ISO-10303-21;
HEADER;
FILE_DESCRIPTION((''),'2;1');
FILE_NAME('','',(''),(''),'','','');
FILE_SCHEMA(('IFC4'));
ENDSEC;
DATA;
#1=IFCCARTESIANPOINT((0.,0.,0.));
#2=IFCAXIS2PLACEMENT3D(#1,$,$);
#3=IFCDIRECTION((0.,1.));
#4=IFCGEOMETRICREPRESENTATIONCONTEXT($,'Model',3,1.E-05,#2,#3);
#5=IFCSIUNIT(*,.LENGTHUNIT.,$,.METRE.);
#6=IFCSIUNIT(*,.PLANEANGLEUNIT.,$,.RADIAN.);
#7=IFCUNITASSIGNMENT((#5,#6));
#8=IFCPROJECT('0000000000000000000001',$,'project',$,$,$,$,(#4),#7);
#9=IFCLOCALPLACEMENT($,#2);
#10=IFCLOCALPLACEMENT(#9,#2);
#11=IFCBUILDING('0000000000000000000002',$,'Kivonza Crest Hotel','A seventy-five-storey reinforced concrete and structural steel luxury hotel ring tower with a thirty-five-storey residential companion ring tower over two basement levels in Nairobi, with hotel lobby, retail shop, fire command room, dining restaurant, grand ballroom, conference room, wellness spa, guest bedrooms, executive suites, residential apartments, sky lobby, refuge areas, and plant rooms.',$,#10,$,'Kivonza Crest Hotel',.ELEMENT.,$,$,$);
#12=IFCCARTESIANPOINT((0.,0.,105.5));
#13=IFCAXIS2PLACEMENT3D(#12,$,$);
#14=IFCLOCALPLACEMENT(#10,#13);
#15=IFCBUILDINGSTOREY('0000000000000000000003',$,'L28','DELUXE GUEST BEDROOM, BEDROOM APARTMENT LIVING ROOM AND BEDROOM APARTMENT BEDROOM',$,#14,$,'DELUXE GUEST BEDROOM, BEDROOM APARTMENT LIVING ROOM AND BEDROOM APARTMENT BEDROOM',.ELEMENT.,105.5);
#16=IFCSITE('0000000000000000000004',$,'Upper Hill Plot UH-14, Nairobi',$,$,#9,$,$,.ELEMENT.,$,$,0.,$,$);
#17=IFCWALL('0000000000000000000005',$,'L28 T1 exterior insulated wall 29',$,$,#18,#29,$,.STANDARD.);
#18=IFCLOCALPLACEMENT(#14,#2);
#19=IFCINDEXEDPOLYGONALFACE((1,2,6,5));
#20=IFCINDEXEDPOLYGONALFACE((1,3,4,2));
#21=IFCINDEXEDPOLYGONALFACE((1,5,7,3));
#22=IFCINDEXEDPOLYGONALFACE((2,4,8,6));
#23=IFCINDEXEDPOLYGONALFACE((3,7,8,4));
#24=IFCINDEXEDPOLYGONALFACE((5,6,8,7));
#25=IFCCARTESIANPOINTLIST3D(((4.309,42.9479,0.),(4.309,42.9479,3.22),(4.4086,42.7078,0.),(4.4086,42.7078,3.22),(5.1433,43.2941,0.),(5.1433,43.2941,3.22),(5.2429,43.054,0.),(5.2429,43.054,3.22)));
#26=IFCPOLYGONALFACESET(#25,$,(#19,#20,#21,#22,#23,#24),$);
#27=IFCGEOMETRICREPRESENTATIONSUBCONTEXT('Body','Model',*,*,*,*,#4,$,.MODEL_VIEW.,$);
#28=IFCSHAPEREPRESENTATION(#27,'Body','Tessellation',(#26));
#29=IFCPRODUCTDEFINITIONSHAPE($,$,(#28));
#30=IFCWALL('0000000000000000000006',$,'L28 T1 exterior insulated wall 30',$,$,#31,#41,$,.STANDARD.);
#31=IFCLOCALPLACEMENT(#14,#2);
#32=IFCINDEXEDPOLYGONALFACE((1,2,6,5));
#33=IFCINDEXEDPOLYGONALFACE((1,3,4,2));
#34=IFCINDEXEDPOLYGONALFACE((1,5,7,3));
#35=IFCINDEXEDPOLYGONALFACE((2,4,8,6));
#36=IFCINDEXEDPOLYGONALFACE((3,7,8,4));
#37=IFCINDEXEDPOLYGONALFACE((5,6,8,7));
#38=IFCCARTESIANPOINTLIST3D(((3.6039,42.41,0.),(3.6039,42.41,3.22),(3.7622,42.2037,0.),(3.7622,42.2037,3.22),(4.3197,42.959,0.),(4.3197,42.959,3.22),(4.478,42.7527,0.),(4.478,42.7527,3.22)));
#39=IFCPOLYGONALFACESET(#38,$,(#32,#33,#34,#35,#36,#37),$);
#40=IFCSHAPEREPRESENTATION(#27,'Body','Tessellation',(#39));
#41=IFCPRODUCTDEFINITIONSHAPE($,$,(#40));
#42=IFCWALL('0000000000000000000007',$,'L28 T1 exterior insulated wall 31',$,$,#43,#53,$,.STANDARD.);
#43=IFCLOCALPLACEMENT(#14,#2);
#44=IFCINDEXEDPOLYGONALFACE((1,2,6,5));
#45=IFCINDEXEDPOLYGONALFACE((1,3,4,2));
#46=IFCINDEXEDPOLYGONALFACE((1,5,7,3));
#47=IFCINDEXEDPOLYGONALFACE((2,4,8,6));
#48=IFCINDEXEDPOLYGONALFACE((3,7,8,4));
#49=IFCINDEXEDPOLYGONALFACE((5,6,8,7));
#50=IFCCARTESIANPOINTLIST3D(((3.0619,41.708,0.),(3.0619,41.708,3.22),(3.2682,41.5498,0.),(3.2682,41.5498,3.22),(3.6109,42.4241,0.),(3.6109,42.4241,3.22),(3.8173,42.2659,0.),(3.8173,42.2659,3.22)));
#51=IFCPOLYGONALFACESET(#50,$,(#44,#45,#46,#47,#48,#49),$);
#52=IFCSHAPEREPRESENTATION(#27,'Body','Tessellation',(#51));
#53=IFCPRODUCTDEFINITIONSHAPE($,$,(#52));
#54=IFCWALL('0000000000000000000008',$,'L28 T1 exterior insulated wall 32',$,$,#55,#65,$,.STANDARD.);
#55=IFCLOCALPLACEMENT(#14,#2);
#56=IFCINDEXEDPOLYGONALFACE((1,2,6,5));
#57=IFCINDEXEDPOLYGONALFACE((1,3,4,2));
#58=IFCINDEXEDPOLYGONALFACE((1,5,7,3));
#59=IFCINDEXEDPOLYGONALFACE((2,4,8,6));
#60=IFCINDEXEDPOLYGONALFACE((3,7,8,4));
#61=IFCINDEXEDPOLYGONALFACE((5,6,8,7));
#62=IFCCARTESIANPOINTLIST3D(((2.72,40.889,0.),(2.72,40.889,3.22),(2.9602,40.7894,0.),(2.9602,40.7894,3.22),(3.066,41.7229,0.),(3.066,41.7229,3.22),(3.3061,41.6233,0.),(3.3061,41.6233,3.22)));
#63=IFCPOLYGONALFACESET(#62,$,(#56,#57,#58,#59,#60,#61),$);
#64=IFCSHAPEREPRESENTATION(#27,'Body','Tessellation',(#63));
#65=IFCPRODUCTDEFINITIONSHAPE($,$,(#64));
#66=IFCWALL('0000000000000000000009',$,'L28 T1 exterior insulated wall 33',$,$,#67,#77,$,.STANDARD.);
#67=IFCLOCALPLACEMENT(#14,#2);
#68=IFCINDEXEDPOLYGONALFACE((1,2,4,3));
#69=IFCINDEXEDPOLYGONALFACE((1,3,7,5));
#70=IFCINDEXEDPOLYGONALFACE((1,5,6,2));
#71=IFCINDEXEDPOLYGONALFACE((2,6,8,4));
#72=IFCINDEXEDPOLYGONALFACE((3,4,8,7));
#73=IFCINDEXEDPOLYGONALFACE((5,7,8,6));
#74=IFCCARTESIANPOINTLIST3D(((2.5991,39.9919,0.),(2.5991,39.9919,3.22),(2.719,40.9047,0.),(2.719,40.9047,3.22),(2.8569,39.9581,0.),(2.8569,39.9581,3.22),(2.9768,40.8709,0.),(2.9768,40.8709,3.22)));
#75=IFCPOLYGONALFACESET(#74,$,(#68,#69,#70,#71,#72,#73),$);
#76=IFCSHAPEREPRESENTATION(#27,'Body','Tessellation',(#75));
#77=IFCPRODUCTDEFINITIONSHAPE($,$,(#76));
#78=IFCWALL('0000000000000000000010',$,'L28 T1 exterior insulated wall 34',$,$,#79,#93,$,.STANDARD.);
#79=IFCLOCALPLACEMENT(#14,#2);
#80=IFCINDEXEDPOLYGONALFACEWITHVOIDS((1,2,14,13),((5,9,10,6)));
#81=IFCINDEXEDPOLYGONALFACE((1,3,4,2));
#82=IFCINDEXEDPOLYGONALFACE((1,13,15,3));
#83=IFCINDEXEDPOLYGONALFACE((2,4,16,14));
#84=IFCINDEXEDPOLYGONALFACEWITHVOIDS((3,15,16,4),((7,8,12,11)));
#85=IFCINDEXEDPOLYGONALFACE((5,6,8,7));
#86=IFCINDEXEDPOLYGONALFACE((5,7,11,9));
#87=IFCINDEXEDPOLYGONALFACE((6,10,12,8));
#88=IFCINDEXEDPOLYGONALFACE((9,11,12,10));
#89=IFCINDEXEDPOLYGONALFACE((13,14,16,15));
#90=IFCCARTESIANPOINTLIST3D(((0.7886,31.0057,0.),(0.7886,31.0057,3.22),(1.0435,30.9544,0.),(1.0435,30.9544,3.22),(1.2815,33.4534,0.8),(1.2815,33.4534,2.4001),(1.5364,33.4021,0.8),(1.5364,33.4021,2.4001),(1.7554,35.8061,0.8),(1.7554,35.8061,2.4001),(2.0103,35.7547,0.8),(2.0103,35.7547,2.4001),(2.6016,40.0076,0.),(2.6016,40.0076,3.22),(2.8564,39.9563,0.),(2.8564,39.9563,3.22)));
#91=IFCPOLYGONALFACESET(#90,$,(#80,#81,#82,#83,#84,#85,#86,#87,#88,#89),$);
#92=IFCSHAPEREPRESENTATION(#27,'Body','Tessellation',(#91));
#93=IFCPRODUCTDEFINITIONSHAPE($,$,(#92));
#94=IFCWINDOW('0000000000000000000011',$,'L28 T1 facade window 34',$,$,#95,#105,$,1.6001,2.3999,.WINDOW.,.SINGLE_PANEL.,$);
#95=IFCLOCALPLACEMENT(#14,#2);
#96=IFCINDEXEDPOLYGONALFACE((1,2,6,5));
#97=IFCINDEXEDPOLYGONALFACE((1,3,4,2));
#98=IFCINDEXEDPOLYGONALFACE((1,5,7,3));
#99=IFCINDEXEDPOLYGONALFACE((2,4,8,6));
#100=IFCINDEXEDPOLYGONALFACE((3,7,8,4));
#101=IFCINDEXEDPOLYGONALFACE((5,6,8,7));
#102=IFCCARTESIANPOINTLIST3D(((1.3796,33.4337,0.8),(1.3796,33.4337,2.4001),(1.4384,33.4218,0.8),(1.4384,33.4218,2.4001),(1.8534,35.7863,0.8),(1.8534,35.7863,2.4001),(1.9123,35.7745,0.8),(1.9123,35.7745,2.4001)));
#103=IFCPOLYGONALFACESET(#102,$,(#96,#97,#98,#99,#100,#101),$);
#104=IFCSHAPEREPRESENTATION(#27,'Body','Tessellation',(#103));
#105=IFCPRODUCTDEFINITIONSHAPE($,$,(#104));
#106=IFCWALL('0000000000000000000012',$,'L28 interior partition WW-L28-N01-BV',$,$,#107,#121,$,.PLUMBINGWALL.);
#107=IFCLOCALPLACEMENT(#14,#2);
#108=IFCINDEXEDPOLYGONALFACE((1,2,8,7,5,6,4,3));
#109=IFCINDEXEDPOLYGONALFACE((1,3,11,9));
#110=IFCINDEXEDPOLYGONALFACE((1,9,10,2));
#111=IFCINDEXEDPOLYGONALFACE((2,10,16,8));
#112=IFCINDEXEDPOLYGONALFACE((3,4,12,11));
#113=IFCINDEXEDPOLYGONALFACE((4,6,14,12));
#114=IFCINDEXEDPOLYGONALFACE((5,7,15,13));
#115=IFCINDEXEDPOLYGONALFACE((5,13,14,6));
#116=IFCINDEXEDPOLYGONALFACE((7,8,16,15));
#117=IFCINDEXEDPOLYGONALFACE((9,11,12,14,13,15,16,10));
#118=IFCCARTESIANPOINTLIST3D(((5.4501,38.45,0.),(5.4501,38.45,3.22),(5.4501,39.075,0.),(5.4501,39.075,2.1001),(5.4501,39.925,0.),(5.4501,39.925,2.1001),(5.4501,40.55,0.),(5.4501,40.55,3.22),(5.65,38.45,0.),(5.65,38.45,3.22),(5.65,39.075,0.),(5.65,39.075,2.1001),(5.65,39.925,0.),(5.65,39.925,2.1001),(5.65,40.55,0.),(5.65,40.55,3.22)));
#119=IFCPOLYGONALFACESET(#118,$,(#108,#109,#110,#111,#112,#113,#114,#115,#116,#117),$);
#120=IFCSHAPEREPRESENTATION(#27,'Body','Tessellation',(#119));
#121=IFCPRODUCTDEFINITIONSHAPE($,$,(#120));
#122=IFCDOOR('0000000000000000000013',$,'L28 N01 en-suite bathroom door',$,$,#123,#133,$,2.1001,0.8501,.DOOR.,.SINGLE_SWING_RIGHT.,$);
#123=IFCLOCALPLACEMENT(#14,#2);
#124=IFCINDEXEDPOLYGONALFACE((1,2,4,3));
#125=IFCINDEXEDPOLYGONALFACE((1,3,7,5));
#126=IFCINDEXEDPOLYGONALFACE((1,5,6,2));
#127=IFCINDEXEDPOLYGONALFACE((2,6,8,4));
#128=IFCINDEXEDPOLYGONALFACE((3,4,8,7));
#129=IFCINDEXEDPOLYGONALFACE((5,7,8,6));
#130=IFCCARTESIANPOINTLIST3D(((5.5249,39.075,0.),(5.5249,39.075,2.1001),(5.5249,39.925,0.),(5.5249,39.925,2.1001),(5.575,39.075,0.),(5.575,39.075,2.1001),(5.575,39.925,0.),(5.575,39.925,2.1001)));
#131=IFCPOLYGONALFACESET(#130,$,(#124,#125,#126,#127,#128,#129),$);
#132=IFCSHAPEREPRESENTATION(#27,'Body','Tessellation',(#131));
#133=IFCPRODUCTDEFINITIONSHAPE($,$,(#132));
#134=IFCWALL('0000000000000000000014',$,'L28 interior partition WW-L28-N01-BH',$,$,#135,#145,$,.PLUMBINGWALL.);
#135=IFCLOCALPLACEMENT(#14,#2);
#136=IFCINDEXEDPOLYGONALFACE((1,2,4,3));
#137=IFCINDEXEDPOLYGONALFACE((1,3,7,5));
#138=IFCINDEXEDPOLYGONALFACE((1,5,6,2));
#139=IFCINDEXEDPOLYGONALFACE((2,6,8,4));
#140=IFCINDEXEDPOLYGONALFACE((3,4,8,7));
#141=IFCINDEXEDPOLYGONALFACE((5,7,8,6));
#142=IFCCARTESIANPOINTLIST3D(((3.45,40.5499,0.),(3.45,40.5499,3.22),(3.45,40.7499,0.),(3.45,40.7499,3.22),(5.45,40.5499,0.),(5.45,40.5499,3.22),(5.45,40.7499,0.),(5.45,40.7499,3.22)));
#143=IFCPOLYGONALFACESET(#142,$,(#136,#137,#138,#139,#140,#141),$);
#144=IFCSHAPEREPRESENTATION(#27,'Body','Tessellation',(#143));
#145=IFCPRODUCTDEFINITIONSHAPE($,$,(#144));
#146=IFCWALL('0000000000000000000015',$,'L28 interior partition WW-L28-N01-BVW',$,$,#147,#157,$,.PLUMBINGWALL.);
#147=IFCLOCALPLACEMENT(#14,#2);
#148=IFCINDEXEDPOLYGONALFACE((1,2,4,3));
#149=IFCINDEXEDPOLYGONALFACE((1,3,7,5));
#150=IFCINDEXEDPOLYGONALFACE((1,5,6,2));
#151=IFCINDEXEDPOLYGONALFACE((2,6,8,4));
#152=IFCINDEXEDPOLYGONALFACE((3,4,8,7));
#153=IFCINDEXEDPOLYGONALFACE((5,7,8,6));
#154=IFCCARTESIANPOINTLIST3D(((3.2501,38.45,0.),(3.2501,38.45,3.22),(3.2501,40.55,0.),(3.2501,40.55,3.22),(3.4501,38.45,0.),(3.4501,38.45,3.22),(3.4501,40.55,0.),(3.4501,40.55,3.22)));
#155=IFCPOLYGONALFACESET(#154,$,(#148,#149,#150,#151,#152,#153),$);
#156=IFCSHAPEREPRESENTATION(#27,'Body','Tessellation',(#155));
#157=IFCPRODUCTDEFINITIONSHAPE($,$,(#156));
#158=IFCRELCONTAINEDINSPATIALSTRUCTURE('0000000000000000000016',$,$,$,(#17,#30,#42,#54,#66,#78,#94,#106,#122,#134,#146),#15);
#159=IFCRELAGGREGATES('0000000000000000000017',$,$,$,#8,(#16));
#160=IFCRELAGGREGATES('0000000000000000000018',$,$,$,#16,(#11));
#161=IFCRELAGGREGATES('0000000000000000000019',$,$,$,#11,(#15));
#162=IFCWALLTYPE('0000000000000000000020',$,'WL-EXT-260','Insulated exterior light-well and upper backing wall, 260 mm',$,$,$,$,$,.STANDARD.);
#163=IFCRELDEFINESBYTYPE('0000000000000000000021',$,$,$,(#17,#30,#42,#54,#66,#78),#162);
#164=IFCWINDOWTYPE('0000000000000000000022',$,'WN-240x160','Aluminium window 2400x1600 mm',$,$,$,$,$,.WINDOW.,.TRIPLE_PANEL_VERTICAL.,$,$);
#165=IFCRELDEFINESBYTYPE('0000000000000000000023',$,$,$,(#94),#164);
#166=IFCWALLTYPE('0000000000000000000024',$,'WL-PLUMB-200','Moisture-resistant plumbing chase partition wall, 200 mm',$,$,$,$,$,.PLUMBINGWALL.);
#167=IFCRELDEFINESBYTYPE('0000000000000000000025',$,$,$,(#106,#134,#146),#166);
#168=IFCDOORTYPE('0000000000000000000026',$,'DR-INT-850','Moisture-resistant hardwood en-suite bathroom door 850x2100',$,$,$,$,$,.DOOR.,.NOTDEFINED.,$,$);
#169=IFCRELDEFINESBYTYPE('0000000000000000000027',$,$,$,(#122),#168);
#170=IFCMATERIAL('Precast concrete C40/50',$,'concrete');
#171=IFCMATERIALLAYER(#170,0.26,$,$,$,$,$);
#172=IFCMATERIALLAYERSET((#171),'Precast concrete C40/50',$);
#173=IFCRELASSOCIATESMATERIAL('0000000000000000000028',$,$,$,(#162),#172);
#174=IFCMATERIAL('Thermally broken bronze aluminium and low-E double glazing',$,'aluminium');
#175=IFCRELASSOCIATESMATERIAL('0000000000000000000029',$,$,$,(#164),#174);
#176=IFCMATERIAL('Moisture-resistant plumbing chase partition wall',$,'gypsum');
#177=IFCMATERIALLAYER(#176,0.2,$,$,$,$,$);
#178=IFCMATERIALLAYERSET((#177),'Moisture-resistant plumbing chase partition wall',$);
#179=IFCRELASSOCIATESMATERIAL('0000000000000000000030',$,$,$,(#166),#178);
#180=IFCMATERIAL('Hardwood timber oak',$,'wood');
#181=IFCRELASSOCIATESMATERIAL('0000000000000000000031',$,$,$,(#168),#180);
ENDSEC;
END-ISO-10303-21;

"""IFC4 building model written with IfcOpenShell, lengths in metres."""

from ifc_helpers import new_model, si_unit, direction, frame, frame_2d, origin, place, context, subcontext, project, spatial, rectangle, extrude, material, layer, layer_set, type_object, element, fill, save


model = new_model("IFC4")

# Units and contexts
model_context = context("Model", 3, precision=1e-05, world=origin(), true_north=direction((0.0, 1.0)))
body_context = subcontext(model_context, "Body", "Model", "MODEL_VIEW")
ifc_project = project(units=[si_unit("LENGTHUNIT", "METRE"), si_unit("PLANEANGLEUNIT", "RADIAN")], contexts=[model_context])

# Site, building, storey
site_placement = place(None, origin())
site = spatial("IfcSite", under=ifc_project, at=site_placement, Name="Upper Hill Plot UH-14, Nairobi", CompositionType="ELEMENT", RefElevation=0.0)
building_placement = place(site_placement, origin())
building = spatial("IfcBuilding", under=site, at=building_placement, Name="Kivonza Crest Hotel", Description="A seventy-five-storey reinforced concrete and structural steel luxury hotel ring tower with a thirty-five-storey residential companion ring tower over two basement levels in Nairobi, with hotel lobby, retail shop, fire command room, dining restaurant, grand ballroom, conference room, wellness spa, guest bedrooms, executive suites, residential apartments, sky lobby, refuge areas, and plant rooms.", LongName="Kivonza Crest Hotel", CompositionType="ELEMENT")
storey_placement = place(building_placement, frame((0.0, 0.0, 105.5)))
storey = spatial("IfcBuildingStorey", under=building, at=storey_placement, Name="L28", Description="DELUXE GUEST BEDROOM, BEDROOM APARTMENT LIVING ROOM AND BEDROOM APARTMENT BEDROOM", LongName="DELUXE GUEST BEDROOM, BEDROOM APARTMENT LIVING ROOM AND BEDROOM APARTMENT BEDROOM", CompositionType="ELEMENT", Elevation=105.5)

# Shared definitions
ifc_material_1 = material(Name="Hardwood timber oak", Category="wood")

# Walls
ifc_material_2 = material(Name="Precast concrete C40/50", Category="concrete")
ifc_layer_1 = layer(ifc_material_2, 0.26)
ifc_layer_set_1 = layer_set([ifc_layer_1], Name="Precast concrete C40/50")
wall_type_1 = type_object("IfcWallType", Name="WL-EXT-260", Description="Insulated exterior light-well and upper backing wall, 260 mm", PredefinedType="STANDARD", material=ifc_layer_set_1)
wall_1_placement = place(storey_placement, frame((5.1931, 43.1741, 0.0), z_axis=(0.0, 0.0, 1.0), x_axis=(-0.923628, -0.383291, 0.0)))
element("IfcWall", 1, at=wall_1_placement, inside=storey, type_object=wall_type_1, Name="L28 T1 exterior insulated wall 29", PredefinedType="STANDARD", context=body_context, shape_type="SweptSolid", body=[
    extrude(rectangle(XDim=0.9033, YDim=0.26, at=frame_2d((0.4517, 0.0))), origin(), (0.0, 0.0, 1.0), 3.22),
])
wall_2_placement = place(storey_placement, frame((4.3989, 42.856, 0.0), z_axis=(0.0, 0.0, 1.0), x_axis=(-0.793458, -0.608625, 0.0)))
element("IfcWall", 2, at=wall_2_placement, inside=storey, type_object=wall_type_1, Name="L28 T1 exterior insulated wall 30", PredefinedType="STANDARD", context=body_context, shape_type="SweptSolid", body=[
    extrude(rectangle(XDim=0.9021, YDim=0.26, at=frame_2d((0.4512, 0.0))), origin(), (0.0, 0.0, 1.0), 3.22),
])
wall_3_placement = place(storey_placement, frame((3.7141, 42.345, 0.0), z_axis=(0.0, 0.0, 1.0), x_axis=(-0.608494, -0.793558, 0.0)))
element("IfcWall", 3, at=wall_3_placement, inside=storey, type_object=wall_type_1, Name="L28 T1 exterior insulated wall 31", PredefinedType="STANDARD", context=body_context, shape_type="SweptSolid", body=[
    extrude(rectangle(XDim=0.9023, YDim=0.26, at=frame_2d((0.4512, 0.0))), origin(), (0.0, 0.0, 1.0), 3.22),
])
wall_4_placement = place(storey_placement, frame((3.186, 41.6731, 0.0), z_axis=(0.0, 0.0, 1.0), x_axis=(-0.383156, -0.923684, 0.0)))
element("IfcWall", 4, at=wall_4_placement, inside=storey, type_object=wall_type_1, Name="L28 T1 exterior insulated wall 32", PredefinedType="STANDARD", context=body_context, shape_type="SweptSolid", body=[
    extrude(rectangle(XDim=0.9028, YDim=0.26, at=frame_2d((0.4514, 0.0))), origin(), (0.0, 0.0, 1.0), 3.22),
])
wall_5_placement = place(storey_placement, frame((2.8479, 40.8879, 0.0), z_axis=(0.0, 0.0, 1.0), x_axis=(-0.130201, -0.991488, 0.0)))
element("IfcWall", 5, at=wall_5_placement, inside=storey, type_object=wall_type_1, Name="L28 T1 exterior insulated wall 33", PredefinedType="STANDARD", context=body_context, shape_type="SweptSolid", body=[
    extrude(rectangle(XDim=0.9207, YDim=0.26, at=frame_2d((0.4604, 0.0))), origin(), (0.0, 0.0, 1.0), 3.22),
])

# Wall, opening, window
wall_6_placement = place(storey_placement, frame((2.729, 39.9819, 0.0), z_axis=(0.0, 0.0, 1.0), x_axis=(-0.197435, -0.980316, 0.0)))
wall_6 = element("IfcWall", 6, at=wall_6_placement, inside=storey, type_object=wall_type_1, Name="L28 T1 exterior insulated wall 34", PredefinedType="STANDARD", context=body_context, shape_type="SweptSolid", body=[
    extrude(rectangle(XDim=9.1826, YDim=0.26, at=frame_2d((4.5913, 0.0))), origin(), (0.0, 0.0, 1.0), 3.22),
])
opening_1_placement = place(wall_6_placement, frame((4.2859, 0.0, 0.8)))
opening_1 = element("IfcOpeningElement", 7, at=opening_1_placement, cuts=wall_6, PredefinedType="OPENING", context=body_context, shape_type="SweptSolid", body=[
    extrude(rectangle(XDim=2.3999, YDim=1.6001, at=frame_2d((1.2, 0.8))), frame((0.0, 0.1401, 0.0), z_axis=(0.0, -1.0, 0.0), x_axis=(1.0, 0.0, 0.0)), (0.0, 0.0, 1.0), 0.28),
])
ifc_material_3 = material(Name="Thermally broken bronze aluminium and low-E double glazing", Category="aluminium")
window_type = type_object("IfcWindowType", Name="WN-240x160", Description="Aluminium window 2400x1600 mm", PartitioningType="TRIPLE_PANEL_VERTICAL", PredefinedType="WINDOW", material=ifc_material_3)
window_placement = place(opening_1_placement, origin())
window = element("IfcWindow", 8, at=window_placement, inside=storey, type_object=window_type, Name="L28 T1 facade window 34", OverallHeight=1.6001, OverallWidth=2.3999, PartitioningType="SINGLE_PANEL", PredefinedType="WINDOW", context=body_context, shape_type="SweptSolid", body=[
    extrude(rectangle(XDim=2.3999, YDim=1.6001, at=frame_2d((1.2, 0.8))), frame((0.0, 0.03, 0.0), z_axis=(0.0, -1.0, 0.0), x_axis=(1.0, 0.0, 0.0)), (0.0, 0.0, 1.0), 0.0601),
])
fill(opening_1, window)

# Wall, opening, door
ifc_material_4 = material(Name="Moisture-resistant plumbing chase partition wall", Category="gypsum")
ifc_layer_2 = layer(ifc_material_4, 0.2)
ifc_layer_set_2 = layer_set([ifc_layer_2], Name="Moisture-resistant plumbing chase partition wall")
wall_type_2 = type_object("IfcWallType", Name="WL-PLUMB-200", Description="Moisture-resistant plumbing chase partition wall, 200 mm", PredefinedType="PLUMBINGWALL", material=ifc_layer_set_2)
wall_7_placement = place(storey_placement, frame((5.55, 38.45, 0.0), z_axis=(0.0, 0.0, 1.0), x_axis=(0.0, 1.0, 0.0)))
wall_7 = element("IfcWall", 9, at=wall_7_placement, inside=storey, type_object=wall_type_2, Name="L28 interior partition WW-L28-N01-BV", PredefinedType="PLUMBINGWALL", context=body_context, shape_type="SweptSolid", body=[
    extrude(rectangle(XDim=2.1001, YDim=0.2, at=frame_2d((1.05, 0.0))), origin(), (0.0, 0.0, 1.0), 3.22),
])
opening_2_placement = place(wall_7_placement, frame((0.625, 0.0, 0.0)))
opening_2 = element("IfcOpeningElement", 10, at=opening_2_placement, cuts=wall_7, PredefinedType="OPENING", context=body_context, shape_type="SweptSolid", body=[
    extrude(rectangle(XDim=0.8501, YDim=2.1001, at=frame_2d((0.425, 1.05))), frame((0.0, 0.1099, 0.0), z_axis=(0.0, -1.0, 0.0), x_axis=(1.0, 0.0, 0.0)), (0.0, 0.0, 1.0), 0.22),
])
door_type_1 = type_object("IfcDoorType", Name="DR-INT-850", Description="Moisture-resistant hardwood en-suite bathroom door 850x2100", OperationType="NOTDEFINED", PredefinedType="DOOR", material=ifc_material_1)
door_1_placement = place(opening_2_placement, frame((0.8501, 0.0, 0.0), z_axis=(0.0, 0.0, 1.0), x_axis=(-1.0, 0.0, 0.0)))
door_1 = element("IfcDoor", 11, at=door_1_placement, inside=storey, type_object=door_type_1, Name="L28 N01 en-suite bathroom door", OperationType="SINGLE_SWING_RIGHT", OverallHeight=2.1001, OverallWidth=0.8501, PredefinedType="DOOR", context=body_context, shape_type="SweptSolid", body=[
    extrude(rectangle(XDim=0.8501, YDim=2.1001, at=frame_2d((0.425, 1.05))), frame((0.0, 0.0249, 0.0), z_axis=(0.0, -1.0, 0.0), x_axis=(1.0, 0.0, 0.0)), (0.0, 0.0, 1.0), 0.05),
])
fill(opening_2, door_1)

# Walls
wall_8_placement = place(storey_placement, frame((3.45, 40.6499, 0.0), z_axis=(0.0, 0.0, 1.0), x_axis=(1.0, 0.0, 0.0)))
element("IfcWall", 12, at=wall_8_placement, inside=storey, type_object=wall_type_2, Name="L28 interior partition WW-L28-N01-BH", PredefinedType="PLUMBINGWALL", context=body_context, shape_type="SweptSolid", body=[
    extrude(rectangle(XDim=2.0, YDim=0.2, at=frame_2d((1.0, 0.0))), origin(), (0.0, 0.0, 1.0), 3.22),
])
wall_9_placement = place(storey_placement, frame((3.3501, 38.45, 0.0), z_axis=(0.0, 0.0, 1.0), x_axis=(0.0, 1.0, 0.0)))
element("IfcWall", 13, at=wall_9_placement, inside=storey, type_object=wall_type_2, Name="L28 interior partition WW-L28-N01-BVW", PredefinedType="PLUMBINGWALL", context=body_context, shape_type="SweptSolid", body=[
    extrude(rectangle(XDim=2.1001, YDim=0.2, at=frame_2d((1.05, 0.0))), origin(), (0.0, 0.0, 1.0), 3.22),
])

save(model, "model.ifc")
